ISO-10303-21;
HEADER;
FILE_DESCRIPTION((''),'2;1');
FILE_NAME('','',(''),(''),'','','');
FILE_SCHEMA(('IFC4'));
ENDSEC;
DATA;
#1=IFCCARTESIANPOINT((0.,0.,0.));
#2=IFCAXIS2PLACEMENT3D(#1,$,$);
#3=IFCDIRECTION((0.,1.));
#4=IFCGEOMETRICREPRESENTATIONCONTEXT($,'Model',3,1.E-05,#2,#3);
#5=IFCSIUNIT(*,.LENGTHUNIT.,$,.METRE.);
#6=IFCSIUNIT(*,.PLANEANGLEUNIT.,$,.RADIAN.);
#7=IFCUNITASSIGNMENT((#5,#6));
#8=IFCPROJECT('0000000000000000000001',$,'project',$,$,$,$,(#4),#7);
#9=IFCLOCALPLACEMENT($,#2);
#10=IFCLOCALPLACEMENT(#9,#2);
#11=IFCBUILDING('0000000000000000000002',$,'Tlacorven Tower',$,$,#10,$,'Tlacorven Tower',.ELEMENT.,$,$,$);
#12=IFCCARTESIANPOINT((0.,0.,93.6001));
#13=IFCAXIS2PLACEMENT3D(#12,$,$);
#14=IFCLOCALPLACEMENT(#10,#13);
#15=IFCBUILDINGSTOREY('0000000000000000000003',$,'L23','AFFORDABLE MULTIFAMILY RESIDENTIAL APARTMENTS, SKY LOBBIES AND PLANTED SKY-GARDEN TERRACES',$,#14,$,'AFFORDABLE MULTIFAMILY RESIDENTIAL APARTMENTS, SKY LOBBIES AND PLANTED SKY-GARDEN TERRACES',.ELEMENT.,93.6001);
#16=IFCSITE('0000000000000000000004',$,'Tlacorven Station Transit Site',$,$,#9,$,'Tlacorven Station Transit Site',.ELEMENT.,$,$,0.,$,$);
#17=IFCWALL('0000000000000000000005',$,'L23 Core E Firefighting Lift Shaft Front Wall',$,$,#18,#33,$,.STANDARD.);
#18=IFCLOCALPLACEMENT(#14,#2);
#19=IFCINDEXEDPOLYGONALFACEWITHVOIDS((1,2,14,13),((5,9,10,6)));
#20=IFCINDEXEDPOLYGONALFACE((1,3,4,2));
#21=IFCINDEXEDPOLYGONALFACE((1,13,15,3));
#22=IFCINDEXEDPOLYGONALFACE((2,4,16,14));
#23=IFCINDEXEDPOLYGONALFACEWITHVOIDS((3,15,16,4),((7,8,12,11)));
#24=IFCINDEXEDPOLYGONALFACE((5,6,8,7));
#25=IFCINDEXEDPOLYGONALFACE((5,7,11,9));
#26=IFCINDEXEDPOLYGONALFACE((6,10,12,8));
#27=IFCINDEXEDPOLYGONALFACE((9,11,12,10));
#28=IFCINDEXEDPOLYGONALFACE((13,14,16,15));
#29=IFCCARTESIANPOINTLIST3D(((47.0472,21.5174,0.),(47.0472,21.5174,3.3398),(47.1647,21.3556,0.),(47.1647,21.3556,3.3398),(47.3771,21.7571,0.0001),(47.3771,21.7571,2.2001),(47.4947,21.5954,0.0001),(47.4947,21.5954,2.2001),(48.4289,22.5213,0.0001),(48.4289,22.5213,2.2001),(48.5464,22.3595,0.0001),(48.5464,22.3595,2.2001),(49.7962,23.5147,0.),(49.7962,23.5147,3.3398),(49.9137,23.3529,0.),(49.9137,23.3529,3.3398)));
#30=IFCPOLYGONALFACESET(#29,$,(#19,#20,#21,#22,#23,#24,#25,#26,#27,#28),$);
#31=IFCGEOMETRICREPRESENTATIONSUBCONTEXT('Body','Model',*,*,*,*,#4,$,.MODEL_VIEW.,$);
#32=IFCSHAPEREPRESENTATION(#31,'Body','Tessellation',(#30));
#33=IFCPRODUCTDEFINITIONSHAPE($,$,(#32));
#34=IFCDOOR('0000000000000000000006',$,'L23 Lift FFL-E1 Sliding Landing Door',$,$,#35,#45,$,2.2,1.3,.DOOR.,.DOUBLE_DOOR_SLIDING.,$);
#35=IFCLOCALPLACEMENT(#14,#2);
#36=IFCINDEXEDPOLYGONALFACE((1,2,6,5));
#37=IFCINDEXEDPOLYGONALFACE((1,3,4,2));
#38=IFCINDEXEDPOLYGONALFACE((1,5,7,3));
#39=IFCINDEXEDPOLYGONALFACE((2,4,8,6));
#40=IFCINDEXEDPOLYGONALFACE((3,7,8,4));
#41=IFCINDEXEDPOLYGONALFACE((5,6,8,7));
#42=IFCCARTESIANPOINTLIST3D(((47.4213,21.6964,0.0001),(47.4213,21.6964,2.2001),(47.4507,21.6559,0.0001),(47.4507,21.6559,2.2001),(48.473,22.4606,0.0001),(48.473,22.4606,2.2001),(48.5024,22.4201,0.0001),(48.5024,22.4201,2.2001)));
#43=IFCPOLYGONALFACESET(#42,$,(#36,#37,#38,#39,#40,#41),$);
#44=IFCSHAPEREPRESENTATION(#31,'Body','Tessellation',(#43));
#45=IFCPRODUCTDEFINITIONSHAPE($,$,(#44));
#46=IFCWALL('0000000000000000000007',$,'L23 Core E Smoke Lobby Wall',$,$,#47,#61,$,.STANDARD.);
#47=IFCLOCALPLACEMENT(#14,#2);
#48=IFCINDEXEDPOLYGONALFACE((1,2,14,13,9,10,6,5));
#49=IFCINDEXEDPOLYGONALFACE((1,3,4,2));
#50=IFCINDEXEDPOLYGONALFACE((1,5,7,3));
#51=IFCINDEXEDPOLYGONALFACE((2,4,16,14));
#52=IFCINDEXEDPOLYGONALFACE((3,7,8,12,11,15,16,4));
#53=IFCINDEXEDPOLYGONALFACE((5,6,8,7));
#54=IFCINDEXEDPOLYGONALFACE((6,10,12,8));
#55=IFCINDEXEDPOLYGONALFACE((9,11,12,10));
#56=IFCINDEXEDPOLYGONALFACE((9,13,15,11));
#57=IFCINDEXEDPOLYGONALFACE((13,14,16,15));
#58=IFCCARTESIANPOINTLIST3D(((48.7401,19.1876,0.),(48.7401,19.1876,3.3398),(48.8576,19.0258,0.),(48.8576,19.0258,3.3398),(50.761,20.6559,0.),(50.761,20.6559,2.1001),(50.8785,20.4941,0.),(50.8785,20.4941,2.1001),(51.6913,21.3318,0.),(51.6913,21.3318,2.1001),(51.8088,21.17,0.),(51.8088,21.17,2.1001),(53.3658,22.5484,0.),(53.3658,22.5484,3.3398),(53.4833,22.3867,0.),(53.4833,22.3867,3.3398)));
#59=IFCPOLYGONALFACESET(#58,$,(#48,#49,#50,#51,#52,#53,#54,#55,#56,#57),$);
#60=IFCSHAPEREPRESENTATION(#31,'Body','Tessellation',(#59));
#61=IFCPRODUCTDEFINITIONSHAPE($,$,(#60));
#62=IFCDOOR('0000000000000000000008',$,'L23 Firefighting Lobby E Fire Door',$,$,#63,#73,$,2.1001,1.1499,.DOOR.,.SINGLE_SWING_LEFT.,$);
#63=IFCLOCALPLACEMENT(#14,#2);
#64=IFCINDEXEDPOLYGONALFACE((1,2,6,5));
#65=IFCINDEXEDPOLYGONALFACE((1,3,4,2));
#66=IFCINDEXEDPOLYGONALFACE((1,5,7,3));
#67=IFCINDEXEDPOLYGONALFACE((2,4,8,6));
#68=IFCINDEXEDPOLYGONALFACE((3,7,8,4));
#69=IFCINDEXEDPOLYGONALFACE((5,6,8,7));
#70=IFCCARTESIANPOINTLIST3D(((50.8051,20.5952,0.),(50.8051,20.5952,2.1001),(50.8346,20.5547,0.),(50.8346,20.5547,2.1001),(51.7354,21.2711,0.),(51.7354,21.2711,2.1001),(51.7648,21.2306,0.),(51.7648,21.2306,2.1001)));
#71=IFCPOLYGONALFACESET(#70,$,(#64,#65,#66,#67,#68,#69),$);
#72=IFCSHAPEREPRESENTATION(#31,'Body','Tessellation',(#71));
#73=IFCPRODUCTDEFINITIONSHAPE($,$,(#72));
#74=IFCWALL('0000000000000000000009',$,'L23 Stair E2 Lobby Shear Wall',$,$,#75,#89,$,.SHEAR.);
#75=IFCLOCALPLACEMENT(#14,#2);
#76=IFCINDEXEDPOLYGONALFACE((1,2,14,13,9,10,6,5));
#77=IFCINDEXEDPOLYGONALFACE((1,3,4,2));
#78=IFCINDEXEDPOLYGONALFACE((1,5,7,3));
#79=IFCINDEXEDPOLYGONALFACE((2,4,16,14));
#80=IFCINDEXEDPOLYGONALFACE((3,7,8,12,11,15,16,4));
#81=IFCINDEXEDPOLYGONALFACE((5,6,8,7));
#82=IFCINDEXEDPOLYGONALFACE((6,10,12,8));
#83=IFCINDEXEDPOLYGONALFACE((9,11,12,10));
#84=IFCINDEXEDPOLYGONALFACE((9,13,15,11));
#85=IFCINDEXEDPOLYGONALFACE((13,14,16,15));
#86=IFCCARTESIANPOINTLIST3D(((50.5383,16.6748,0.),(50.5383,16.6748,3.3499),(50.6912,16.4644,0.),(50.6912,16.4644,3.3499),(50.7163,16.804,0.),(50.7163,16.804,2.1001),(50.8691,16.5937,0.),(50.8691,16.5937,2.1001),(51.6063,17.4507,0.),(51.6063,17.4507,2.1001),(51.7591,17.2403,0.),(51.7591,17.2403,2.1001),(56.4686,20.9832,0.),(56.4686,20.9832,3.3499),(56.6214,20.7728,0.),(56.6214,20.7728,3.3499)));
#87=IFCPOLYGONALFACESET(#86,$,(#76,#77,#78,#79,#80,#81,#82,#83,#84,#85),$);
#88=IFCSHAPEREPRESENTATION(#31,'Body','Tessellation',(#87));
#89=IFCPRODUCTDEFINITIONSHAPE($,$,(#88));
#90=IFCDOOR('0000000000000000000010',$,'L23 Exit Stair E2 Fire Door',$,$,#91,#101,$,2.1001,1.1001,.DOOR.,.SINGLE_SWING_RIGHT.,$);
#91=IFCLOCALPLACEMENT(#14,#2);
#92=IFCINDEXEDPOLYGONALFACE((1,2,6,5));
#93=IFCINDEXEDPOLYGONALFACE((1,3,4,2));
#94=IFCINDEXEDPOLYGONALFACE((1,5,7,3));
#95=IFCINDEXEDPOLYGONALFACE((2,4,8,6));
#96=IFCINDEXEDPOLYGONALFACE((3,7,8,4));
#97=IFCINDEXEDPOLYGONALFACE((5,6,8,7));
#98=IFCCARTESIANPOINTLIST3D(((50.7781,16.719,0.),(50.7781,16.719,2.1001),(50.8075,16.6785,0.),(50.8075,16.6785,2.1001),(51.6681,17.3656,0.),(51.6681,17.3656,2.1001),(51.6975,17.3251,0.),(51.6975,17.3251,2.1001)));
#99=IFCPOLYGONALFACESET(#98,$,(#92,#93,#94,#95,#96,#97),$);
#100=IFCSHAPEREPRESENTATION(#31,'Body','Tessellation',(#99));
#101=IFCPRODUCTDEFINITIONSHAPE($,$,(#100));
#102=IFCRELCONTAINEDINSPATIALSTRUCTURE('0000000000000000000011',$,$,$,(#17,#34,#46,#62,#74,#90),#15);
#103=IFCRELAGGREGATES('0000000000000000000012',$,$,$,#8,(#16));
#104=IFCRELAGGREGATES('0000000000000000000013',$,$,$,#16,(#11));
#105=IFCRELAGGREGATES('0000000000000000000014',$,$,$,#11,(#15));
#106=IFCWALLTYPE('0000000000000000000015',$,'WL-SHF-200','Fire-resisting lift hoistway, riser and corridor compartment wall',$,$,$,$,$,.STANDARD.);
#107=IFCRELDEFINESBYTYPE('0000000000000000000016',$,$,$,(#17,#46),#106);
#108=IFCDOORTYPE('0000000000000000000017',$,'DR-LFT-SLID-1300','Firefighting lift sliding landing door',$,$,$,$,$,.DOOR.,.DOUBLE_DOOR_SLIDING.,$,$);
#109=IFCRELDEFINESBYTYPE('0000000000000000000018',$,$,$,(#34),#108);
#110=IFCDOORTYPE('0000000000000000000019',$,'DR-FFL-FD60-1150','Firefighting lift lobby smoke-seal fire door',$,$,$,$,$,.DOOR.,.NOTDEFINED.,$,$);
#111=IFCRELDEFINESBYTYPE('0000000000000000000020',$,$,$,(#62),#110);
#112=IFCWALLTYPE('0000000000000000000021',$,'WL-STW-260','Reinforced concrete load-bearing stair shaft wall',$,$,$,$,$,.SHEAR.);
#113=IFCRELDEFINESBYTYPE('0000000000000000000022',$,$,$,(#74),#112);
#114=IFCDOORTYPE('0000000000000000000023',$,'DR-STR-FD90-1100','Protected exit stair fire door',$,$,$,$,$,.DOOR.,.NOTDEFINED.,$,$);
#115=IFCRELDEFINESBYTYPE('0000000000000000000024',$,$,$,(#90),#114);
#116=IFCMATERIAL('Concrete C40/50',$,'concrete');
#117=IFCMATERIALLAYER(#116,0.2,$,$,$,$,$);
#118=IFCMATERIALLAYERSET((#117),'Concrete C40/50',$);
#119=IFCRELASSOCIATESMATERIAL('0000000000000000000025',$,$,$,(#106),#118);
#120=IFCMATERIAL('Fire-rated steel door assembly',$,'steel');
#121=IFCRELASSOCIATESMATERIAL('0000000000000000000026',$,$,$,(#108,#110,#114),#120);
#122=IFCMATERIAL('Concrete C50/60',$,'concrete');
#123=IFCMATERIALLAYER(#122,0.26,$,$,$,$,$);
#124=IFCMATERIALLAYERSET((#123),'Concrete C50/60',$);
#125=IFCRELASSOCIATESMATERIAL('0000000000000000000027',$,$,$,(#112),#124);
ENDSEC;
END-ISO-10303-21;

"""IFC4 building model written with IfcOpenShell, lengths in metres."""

from ifc_helpers import new_model, si_unit, direction, frame, frame_2d, origin, place, context, subcontext, project, spatial, rectangle, extrude, source, transform, mapped, material, layer, layer_set, type_object, element, fill, save


model = new_model("IFC4")

# Units and contexts
model_context = context("Model", 3, precision=1e-05, world=origin(), true_north=direction((0.0, 1.0)))
body_context = subcontext(model_context, "Body", "Model", "MODEL_VIEW")
ifc_project = project(units=[si_unit("LENGTHUNIT", "METRE"), si_unit("PLANEANGLEUNIT", "RADIAN")], contexts=[model_context])

# Site, building, storey
site_placement = place(None, origin())
site = spatial("IfcSite", under=ifc_project, at=site_placement, Name="Tlacorven Station Transit Site", LongName="Tlacorven Station Transit Site", CompositionType="ELEMENT", RefElevation=0.0)
building_placement = place(site_placement, origin())
building = spatial("IfcBuilding", under=site, at=building_placement, Name="Tlacorven Tower", LongName="Tlacorven Tower", CompositionType="ELEMENT")
storey_placement = place(building_placement, frame((0.0, 0.0, 93.6001)))
storey = spatial("IfcBuildingStorey", under=building, at=storey_placement, Name="L23", Description="AFFORDABLE MULTIFAMILY RESIDENTIAL APARTMENTS, SKY LOBBIES AND PLANTED SKY-GARDEN TERRACES", LongName="AFFORDABLE MULTIFAMILY RESIDENTIAL APARTMENTS, SKY LOBBIES AND PLANTED SKY-GARDEN TERRACES", CompositionType="ELEMENT", Elevation=93.6001)

# Walls, openings, doors
ifc_material_1 = material(Name="Concrete C40/50", Category="concrete")
ifc_layer_1 = layer(ifc_material_1, 0.2)
ifc_layer_set_1 = layer_set([ifc_layer_1], Name="Concrete C40/50")
wall_type_1 = type_object("IfcWallType", Name="WL-SHF-200", Description="Fire-resisting lift hoistway, riser and corridor compartment wall", PredefinedType="STANDARD", material=ifc_layer_set_1)
wall_1_placement = place(storey_placement, frame((47.106, 21.4365, 0.0), z_axis=(0.0, 0.0, 1.0), x_axis=(0.809013, 0.587791, 0.0)))
wall_1 = element("IfcWall", 1, at=wall_1_placement, inside=storey, type_object=wall_type_1, Name="L23 Core E Firefighting Lift Shaft Front Wall", PredefinedType="STANDARD", context=body_context, shape_type="SweptSolid", body=[
    extrude(rectangle(XDim=3.3979, YDim=0.2, at=frame_2d((1.699, 0.0))), origin(), (0.0, 0.0, 1.0), 3.3398),
])
opening_1_placement = place(wall_1_placement, frame((0.408, 0.0, 0.0)))
opening_1 = element("IfcOpeningElement", 2, at=opening_1_placement, cuts=wall_1, PredefinedType="OPENING", context=body_context, shape_type="SweptSolid", body=[
    extrude(rectangle(XDim=1.3, YDim=2.2, at=frame_2d((0.6499, 1.1001))), frame((0.0, 0.1099, 0.0), z_axis=(0.0, -1.0, 0.0), x_axis=(1.0, 0.0, 0.0)), (0.0, 0.0, 1.0), 0.22),
])
ifc_material_2 = material(Name="Fire-rated steel door assembly", Category="steel")
door_type_1 = type_object("IfcDoorType", Name="DR-LFT-SLID-1300", Description="Firefighting lift sliding landing door", OperationType="DOUBLE_DOOR_SLIDING", PredefinedType="DOOR", material=ifc_material_2)
shared_shape_1 = source(origin(), body_context, "Body", "SweptSolid", [
    extrude(rectangle(XDim=1.3, YDim=2.2, at=frame_2d((0.6499, 1.1001))), frame((0.0, 0.0249, 0.0), z_axis=(0.0, -1.0, 0.0), x_axis=(1.0, 0.0, 0.0)), (0.0, 0.0, 1.0), 0.05),
])
door_1_placement = place(opening_1_placement, origin())
door_1 = element("IfcDoor", 3, at=door_1_placement, inside=storey, type_object=door_type_1, Name="L23 Lift FFL-E1 Sliding Landing Door", OperationType="DOUBLE_DOOR_SLIDING", OverallHeight=2.2, OverallWidth=1.3, PredefinedType="DOOR", context=body_context, shape_type="MappedRepresentation", body=[
    mapped(shared_shape_1, transform((0.0, 0.0, 0.0), scale=1.0)),
])
fill(opening_1, door_1)
wall_2_placement = place(storey_placement, frame((48.7988, 19.1067, 0.0), z_axis=(0.0, 0.0, 1.0), x_axis=(0.809013, 0.587791, 0.0)))
wall_2 = element("IfcWall", 4, at=wall_2_placement, inside=storey, type_object=wall_type_1, Name="L23 Core E Smoke Lobby Wall", PredefinedType="STANDARD", context=body_context, shape_type="SweptSolid", body=[
    extrude(rectangle(XDim=5.7178, YDim=0.2, at=frame_2d((2.8589, 0.0))), origin(), (0.0, 0.0, 1.0), 3.3398),
])
opening_2_placement = place(wall_2_placement, frame((2.498, 0.0, 0.0)))
opening_2 = element("IfcOpeningElement", 5, at=opening_2_placement, cuts=wall_2, PredefinedType="OPENING", context=body_context, shape_type="SweptSolid", body=[
    extrude(rectangle(XDim=1.1499, YDim=2.1001, at=frame_2d((0.575, 1.05))), frame((0.0, 0.1099, 0.0), z_axis=(0.0, -1.0, 0.0), x_axis=(1.0, 0.0, 0.0)), (0.0, 0.0, 1.0), 0.22),
])
door_type_2 = type_object("IfcDoorType", Name="DR-FFL-FD60-1150", Description="Firefighting lift lobby smoke-seal fire door", OperationType="NOTDEFINED", PredefinedType="DOOR", material=ifc_material_2)
shared_shape_2 = source(origin(), body_context, "Body", "SweptSolid", [
    extrude(rectangle(XDim=1.1499, YDim=2.1001, at=frame_2d((0.575, 1.05))), frame((0.0, 0.0249, 0.0), z_axis=(0.0, -1.0, 0.0), x_axis=(1.0, 0.0, 0.0)), (0.0, 0.0, 1.0), 0.05),
])
door_2_placement = place(opening_2_placement, origin())
door_2 = element("IfcDoor", 6, at=door_2_placement, inside=storey, type_object=door_type_2, Name="L23 Firefighting Lobby E Fire Door", OperationType="SINGLE_SWING_LEFT", OverallHeight=2.1001, OverallWidth=1.1499, PredefinedType="DOOR", context=body_context, shape_type="MappedRepresentation", body=[
    mapped(shared_shape_2, transform((0.0, 0.0, 0.0), scale=1.0)),
])
fill(opening_2, door_2)
ifc_material_3 = material(Name="Concrete C50/60", Category="concrete")
ifc_layer_2 = layer(ifc_material_3, 0.26)
ifc_layer_set_2 = layer_set([ifc_layer_2], Name="Concrete C50/60")
wall_type_2 = type_object("IfcWallType", Name="WL-STW-260", Description="Reinforced concrete load-bearing stair shaft wall", PredefinedType="SHEAR", material=ifc_layer_set_2)
wall_3_placement = place(storey_placement, frame((50.6147, 16.5696, 0.0), z_axis=(0.0, 0.0, 1.0), x_axis=(0.809028, 0.58777, 0.0)))
wall_3 = element("IfcWall", 7, at=wall_3_placement, inside=storey, type_object=wall_type_2, Name="L23 Stair E2 Lobby Shear Wall", PredefinedType="SHEAR", context=body_context, shape_type="SweptSolid", body=[
    extrude(rectangle(XDim=7.3301, YDim=0.26, at=frame_2d((3.665, 0.0))), origin(), (0.0, 0.0, 1.0), 3.3499),
])
opening_3_placement = place(wall_3_placement, frame((0.22, 0.0, 0.0)))
opening_3 = element("IfcOpeningElement", 8, at=opening_3_placement, cuts=wall_3, PredefinedType="OPENING", context=body_context, shape_type="SweptSolid", body=[
    extrude(rectangle(XDim=1.1001, YDim=2.1001, at=frame_2d((0.55, 1.05))), frame((0.0, 0.1401, 0.0), z_axis=(0.0, -1.0, 0.0), x_axis=(1.0, 0.0, 0.0)), (0.0, 0.0, 1.0), 0.28),
])
door_type_3 = type_object("IfcDoorType", Name="DR-STR-FD90-1100", Description="Protected exit stair fire door", OperationType="NOTDEFINED", PredefinedType="DOOR", material=ifc_material_2)
shared_shape_3 = source(origin(), body_context, "Body", "SweptSolid", [
    extrude(rectangle(XDim=1.1001, YDim=2.1001, at=frame_2d((0.55, 1.05))), frame((0.0, 0.0249, 0.0), z_axis=(0.0, -1.0, 0.0), x_axis=(1.0, 0.0, 0.0)), (0.0, 0.0, 1.0), 0.05),
])
door_3_placement = place(opening_3_placement, origin())
door_3 = element("IfcDoor", 9, at=door_3_placement, inside=storey, type_object=door_type_3, Name="L23 Exit Stair E2 Fire Door", OperationType="SINGLE_SWING_RIGHT", OverallHeight=2.1001, OverallWidth=1.1001, PredefinedType="DOOR", context=body_context, shape_type="MappedRepresentation", body=[
    mapped(shared_shape_3, transform((0.0, 0.0, 0.0), scale=1.0)),
])
fill(opening_3, door_3)

save(model, "model.ifc")
